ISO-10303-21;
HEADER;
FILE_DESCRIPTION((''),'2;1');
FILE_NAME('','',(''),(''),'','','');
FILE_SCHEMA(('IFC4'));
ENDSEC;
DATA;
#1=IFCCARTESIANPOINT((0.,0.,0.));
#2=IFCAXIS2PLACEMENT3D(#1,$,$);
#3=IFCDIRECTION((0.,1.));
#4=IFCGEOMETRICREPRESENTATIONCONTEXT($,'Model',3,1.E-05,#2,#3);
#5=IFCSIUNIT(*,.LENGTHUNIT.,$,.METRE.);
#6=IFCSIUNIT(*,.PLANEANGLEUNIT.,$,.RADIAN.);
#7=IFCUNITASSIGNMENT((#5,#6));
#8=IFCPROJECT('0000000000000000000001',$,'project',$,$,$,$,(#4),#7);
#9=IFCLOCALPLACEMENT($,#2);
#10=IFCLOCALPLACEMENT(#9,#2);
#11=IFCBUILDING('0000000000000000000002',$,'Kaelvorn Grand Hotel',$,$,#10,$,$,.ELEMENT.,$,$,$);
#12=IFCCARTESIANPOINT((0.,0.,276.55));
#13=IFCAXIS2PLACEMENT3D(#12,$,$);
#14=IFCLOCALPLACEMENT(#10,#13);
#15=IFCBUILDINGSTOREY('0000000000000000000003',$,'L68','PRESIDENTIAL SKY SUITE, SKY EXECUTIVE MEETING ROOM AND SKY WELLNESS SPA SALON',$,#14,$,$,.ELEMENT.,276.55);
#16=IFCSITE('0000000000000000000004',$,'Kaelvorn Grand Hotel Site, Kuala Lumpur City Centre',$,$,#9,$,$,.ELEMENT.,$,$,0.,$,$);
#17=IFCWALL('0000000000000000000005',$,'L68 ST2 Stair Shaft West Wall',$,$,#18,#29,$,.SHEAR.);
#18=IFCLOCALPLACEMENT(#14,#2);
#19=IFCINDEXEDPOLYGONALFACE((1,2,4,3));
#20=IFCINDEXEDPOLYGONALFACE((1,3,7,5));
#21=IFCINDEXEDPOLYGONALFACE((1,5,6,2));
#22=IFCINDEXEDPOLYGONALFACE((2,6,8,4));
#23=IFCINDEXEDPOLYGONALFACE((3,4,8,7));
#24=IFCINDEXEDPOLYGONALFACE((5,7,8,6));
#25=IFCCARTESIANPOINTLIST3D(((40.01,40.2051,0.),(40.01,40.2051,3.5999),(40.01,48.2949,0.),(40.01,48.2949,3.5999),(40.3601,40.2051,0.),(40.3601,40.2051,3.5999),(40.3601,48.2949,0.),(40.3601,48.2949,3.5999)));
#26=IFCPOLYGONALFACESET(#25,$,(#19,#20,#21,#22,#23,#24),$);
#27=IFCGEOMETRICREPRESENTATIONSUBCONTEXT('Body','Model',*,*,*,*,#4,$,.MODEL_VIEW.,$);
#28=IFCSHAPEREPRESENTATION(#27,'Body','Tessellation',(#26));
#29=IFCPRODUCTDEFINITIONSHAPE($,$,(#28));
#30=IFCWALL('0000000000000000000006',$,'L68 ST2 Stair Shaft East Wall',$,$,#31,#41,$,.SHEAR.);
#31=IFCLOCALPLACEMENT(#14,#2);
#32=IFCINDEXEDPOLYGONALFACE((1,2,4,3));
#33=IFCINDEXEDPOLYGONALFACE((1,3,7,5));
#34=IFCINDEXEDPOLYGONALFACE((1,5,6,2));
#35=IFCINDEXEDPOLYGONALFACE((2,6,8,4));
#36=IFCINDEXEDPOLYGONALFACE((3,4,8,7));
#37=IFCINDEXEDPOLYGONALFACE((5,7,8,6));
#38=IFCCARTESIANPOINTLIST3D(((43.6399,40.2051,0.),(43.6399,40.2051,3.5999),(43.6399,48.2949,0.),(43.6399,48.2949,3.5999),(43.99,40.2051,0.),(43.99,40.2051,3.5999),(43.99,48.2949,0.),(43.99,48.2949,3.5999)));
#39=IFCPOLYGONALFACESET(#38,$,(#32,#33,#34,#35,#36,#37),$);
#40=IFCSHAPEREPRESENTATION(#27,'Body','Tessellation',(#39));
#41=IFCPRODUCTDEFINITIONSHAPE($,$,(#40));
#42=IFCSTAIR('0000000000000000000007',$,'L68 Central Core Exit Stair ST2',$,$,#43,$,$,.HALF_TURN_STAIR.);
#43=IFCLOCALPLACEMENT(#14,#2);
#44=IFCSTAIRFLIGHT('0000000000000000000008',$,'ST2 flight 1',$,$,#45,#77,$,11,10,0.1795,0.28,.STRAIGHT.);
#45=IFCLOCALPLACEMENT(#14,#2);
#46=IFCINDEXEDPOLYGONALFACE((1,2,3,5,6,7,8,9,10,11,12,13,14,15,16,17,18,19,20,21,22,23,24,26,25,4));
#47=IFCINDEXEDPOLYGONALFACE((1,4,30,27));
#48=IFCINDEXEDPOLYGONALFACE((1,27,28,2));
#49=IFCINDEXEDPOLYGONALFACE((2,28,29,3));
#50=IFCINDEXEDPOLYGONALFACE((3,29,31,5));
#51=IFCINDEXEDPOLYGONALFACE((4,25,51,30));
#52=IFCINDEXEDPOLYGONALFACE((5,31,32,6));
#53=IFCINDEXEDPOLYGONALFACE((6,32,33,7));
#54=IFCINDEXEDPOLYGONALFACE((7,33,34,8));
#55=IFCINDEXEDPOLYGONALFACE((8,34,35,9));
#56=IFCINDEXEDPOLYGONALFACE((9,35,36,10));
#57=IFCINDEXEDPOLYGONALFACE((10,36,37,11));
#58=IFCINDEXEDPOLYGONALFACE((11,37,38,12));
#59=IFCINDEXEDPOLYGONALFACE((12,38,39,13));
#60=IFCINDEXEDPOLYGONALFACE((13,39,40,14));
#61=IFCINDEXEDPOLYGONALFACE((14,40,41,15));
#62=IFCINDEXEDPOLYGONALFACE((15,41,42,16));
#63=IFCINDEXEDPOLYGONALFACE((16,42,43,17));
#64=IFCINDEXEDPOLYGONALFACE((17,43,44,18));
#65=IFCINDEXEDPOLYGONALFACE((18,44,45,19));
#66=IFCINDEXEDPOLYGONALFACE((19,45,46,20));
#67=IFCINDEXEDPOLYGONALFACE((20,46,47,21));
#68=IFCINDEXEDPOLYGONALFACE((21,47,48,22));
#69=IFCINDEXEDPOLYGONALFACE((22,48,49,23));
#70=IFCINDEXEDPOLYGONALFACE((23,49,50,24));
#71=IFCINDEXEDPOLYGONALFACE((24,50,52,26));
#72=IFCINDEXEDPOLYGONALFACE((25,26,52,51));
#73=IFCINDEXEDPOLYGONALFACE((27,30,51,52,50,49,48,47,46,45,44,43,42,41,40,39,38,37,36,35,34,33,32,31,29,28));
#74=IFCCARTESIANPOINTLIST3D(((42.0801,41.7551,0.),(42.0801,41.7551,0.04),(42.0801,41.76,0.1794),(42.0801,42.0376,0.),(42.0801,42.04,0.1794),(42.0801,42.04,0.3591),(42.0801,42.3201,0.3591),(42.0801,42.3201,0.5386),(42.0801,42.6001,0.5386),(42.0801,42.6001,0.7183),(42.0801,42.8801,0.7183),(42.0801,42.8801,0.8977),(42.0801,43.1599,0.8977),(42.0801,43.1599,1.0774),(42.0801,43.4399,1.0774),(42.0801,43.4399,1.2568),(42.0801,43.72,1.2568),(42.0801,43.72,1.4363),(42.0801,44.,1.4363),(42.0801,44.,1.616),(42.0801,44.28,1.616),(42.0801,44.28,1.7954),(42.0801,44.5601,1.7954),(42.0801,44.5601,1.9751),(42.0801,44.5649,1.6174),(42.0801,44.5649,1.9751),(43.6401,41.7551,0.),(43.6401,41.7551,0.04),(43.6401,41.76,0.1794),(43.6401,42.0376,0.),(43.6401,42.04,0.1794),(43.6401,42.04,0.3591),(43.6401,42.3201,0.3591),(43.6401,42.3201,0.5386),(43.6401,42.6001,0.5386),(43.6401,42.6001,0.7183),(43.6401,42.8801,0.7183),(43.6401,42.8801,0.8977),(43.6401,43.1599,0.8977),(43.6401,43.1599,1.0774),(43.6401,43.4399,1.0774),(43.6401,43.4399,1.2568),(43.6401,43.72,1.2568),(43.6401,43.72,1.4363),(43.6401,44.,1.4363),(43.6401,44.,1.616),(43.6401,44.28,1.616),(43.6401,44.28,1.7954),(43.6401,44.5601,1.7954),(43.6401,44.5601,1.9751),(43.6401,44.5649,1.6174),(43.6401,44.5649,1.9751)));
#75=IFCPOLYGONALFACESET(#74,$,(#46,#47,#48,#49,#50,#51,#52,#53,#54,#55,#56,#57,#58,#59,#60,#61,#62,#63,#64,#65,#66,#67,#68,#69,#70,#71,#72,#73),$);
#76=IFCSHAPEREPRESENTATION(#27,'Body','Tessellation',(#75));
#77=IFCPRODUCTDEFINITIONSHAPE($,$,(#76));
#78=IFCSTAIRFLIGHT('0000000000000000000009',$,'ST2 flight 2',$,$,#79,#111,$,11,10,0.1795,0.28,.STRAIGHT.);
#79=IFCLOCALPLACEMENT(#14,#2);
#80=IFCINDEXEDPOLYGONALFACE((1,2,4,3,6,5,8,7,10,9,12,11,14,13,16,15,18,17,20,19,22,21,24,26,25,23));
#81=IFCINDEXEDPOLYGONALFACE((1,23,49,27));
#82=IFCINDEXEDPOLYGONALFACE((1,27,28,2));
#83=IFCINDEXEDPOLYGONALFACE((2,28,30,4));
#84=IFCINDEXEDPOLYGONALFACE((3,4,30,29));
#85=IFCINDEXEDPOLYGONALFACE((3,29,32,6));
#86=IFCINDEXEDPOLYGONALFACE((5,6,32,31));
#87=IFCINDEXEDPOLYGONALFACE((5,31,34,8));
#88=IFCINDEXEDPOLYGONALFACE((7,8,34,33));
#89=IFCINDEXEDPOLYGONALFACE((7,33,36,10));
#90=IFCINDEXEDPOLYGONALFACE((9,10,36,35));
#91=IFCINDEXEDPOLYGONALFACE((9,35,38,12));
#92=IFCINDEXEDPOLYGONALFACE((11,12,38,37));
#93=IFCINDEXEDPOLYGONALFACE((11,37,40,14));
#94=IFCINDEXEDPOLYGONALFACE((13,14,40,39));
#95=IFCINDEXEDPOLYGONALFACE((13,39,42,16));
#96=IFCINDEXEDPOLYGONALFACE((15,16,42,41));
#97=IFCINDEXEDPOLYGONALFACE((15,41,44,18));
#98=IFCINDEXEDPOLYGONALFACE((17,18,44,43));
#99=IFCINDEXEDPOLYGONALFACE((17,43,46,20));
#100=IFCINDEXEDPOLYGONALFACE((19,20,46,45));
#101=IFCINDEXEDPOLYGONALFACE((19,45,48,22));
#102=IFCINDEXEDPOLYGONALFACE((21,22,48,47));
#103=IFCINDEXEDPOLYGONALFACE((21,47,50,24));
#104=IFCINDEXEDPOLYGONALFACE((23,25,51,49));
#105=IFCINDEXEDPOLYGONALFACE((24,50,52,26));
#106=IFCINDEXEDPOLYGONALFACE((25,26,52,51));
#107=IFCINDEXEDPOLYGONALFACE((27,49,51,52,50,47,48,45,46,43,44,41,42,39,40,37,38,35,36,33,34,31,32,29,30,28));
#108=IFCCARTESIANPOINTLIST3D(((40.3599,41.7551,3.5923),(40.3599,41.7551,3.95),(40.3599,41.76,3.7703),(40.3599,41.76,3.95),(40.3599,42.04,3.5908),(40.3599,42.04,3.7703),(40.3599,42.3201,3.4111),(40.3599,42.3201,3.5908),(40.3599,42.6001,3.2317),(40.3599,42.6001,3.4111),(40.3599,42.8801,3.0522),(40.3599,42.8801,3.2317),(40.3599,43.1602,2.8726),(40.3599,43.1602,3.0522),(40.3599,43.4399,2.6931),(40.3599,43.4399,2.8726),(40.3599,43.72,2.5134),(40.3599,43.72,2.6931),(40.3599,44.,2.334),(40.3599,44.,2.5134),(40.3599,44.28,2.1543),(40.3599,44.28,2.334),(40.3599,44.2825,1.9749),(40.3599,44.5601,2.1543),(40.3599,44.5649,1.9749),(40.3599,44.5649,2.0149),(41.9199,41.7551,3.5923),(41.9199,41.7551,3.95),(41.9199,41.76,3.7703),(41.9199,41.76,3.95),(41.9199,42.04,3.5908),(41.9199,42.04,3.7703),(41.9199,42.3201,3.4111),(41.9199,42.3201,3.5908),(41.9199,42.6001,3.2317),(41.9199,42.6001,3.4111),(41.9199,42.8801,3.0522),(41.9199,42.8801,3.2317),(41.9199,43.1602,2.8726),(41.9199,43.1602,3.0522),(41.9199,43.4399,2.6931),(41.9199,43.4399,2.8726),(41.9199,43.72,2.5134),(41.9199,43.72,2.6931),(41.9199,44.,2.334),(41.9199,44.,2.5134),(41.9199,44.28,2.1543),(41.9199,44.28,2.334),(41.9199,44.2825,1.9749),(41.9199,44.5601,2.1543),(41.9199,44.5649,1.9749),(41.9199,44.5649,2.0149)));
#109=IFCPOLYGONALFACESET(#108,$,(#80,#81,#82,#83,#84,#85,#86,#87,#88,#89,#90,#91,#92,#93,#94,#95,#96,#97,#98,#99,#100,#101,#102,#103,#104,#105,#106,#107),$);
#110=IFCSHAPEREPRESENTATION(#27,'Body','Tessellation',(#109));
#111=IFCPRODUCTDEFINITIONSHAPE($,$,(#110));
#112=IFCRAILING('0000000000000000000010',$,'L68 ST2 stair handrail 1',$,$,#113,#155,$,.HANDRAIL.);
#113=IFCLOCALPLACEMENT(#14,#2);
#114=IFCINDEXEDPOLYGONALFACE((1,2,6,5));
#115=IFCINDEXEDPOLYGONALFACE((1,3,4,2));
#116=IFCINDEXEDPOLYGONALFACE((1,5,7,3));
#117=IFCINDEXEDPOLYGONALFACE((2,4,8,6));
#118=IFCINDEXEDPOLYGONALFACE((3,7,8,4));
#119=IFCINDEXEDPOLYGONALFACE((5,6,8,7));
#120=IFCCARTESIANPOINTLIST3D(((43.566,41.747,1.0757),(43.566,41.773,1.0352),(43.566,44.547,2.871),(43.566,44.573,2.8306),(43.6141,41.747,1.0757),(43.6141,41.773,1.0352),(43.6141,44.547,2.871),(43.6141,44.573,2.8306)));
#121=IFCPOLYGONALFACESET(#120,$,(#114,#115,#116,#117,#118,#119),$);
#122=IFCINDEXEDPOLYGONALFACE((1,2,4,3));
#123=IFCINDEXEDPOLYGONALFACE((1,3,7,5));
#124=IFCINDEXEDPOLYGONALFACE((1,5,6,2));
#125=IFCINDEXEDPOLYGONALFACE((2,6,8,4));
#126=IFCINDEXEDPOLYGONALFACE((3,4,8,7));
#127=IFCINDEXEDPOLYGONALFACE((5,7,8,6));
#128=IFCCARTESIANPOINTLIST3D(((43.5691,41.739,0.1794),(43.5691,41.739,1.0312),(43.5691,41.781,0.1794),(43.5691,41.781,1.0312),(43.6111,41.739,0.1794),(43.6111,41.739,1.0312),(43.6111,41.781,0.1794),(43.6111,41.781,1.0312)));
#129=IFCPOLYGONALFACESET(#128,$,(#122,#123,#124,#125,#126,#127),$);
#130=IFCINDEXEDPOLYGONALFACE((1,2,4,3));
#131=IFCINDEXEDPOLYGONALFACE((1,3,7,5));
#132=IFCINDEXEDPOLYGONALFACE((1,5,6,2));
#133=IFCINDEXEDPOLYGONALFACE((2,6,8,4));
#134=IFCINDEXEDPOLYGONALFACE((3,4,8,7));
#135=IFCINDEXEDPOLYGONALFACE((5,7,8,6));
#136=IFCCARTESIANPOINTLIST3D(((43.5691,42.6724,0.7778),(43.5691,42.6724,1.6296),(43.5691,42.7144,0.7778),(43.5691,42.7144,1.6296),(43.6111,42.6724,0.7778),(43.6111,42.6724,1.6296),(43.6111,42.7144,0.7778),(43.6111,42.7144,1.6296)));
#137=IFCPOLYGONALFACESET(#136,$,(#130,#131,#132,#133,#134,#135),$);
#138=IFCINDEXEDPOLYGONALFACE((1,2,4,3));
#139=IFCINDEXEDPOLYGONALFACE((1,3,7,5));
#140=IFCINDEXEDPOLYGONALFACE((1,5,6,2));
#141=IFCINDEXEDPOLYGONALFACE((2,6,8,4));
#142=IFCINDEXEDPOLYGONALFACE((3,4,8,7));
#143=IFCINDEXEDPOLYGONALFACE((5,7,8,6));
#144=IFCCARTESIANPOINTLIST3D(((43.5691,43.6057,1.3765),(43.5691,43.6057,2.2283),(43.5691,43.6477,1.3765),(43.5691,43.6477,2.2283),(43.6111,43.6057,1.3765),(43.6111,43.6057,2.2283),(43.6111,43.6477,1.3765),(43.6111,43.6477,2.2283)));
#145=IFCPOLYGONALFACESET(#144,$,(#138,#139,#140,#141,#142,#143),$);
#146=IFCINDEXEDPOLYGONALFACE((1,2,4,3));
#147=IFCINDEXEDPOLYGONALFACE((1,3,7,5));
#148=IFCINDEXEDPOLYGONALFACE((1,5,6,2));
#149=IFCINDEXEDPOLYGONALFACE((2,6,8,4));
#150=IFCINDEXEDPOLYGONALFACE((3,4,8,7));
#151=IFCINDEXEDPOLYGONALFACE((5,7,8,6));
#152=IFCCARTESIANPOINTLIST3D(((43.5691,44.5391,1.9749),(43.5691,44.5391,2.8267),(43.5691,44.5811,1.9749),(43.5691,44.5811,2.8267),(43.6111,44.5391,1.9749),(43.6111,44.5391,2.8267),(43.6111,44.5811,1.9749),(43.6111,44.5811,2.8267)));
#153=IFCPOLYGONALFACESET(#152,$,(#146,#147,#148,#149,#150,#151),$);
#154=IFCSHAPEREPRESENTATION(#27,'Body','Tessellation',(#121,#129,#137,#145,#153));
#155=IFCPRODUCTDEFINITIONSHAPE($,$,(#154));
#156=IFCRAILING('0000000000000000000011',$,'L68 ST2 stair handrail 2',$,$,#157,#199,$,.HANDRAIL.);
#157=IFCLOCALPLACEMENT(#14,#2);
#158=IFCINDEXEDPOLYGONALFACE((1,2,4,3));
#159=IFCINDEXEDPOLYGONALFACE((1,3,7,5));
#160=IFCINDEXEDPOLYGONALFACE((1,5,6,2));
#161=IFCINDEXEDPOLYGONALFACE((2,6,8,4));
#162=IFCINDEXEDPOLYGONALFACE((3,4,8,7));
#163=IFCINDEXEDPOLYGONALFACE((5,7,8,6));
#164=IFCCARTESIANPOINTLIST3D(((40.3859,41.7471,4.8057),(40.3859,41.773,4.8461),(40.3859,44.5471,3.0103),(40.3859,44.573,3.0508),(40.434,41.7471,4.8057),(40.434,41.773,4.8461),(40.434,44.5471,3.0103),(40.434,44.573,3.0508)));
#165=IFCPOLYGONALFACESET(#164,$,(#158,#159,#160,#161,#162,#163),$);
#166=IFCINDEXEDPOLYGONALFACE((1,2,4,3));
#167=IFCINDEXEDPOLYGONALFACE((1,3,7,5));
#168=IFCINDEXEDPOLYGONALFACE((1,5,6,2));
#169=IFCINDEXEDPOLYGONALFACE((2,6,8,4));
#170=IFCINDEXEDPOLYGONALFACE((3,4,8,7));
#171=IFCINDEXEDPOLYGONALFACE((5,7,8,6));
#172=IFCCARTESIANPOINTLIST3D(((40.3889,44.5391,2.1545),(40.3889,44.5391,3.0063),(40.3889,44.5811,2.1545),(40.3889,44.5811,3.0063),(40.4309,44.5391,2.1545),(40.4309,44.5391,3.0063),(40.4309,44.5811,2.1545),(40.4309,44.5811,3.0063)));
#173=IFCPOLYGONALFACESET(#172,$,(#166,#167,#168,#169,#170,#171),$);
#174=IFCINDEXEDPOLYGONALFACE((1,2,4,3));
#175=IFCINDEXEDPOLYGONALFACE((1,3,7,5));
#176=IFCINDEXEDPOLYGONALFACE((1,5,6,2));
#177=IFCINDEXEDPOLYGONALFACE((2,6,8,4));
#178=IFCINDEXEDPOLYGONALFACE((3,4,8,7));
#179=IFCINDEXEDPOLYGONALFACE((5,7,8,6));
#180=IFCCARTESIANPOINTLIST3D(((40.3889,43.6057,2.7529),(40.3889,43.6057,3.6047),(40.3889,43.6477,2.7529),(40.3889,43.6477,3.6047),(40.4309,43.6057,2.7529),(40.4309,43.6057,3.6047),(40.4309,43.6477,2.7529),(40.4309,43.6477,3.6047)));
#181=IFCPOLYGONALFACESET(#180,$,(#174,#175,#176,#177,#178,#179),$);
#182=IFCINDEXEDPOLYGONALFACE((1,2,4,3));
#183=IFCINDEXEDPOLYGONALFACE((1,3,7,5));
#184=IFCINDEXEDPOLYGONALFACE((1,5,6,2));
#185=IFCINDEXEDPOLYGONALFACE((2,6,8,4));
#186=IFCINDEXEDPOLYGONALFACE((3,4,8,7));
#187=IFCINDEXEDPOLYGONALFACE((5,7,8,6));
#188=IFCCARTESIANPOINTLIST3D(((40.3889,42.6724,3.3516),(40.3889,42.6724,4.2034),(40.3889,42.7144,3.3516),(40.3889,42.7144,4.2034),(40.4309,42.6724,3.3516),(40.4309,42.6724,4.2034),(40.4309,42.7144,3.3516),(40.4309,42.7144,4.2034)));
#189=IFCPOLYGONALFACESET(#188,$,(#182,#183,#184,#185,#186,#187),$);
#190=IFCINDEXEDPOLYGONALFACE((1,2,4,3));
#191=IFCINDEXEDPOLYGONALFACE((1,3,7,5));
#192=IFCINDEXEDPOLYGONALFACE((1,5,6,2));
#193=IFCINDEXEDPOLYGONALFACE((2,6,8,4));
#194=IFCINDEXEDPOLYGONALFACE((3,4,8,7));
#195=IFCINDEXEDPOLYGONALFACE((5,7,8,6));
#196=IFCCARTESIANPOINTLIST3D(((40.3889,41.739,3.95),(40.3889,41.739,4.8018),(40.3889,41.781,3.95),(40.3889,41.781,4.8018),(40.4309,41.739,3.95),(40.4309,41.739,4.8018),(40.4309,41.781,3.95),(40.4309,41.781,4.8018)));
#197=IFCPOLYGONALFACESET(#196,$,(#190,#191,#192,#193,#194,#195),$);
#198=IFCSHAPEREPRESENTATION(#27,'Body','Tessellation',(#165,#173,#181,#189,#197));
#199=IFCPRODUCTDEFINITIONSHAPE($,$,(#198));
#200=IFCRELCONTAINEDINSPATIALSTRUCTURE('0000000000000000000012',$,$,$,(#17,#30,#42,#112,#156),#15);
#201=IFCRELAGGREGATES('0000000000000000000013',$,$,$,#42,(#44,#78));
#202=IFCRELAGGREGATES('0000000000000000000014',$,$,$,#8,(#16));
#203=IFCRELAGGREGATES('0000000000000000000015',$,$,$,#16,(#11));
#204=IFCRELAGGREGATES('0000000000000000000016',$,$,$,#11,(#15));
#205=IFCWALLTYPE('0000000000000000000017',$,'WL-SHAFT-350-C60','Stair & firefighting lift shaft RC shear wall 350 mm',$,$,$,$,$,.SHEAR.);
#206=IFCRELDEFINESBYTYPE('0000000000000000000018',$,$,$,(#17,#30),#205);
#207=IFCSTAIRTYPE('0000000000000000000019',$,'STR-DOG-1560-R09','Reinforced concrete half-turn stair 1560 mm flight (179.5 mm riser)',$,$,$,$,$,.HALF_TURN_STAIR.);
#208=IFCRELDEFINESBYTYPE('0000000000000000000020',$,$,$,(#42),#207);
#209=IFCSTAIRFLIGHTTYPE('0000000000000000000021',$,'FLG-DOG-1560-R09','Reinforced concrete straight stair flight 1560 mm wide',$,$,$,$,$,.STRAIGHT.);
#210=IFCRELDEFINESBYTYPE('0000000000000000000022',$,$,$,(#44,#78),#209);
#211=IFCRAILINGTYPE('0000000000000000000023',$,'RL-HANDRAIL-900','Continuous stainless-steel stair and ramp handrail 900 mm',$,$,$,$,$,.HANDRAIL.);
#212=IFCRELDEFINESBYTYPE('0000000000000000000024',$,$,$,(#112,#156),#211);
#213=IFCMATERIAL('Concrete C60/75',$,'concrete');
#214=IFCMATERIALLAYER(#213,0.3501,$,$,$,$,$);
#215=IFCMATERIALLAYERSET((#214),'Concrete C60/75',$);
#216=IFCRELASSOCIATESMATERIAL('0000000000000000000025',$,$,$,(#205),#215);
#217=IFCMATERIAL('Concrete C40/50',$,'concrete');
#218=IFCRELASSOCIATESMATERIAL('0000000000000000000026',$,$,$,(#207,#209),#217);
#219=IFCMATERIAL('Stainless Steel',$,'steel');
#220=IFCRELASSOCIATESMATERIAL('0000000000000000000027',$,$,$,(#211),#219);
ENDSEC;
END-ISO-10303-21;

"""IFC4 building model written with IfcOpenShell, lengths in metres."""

from ifc_helpers import new_model, si_unit, direction, frame, frame_2d, origin, origin_2d, place, context, subcontext, project, spatial, polyline, rectangle, outline, extrude, material, layer, layer_set, type_object, element, aggregate, save


model = new_model("IFC4")

# Units and contexts
model_context = context("Model", 3, precision=1e-05, world=origin(), true_north=direction((0.0, 1.0)))
body_context = subcontext(model_context, "Body", "Model", "MODEL_VIEW")
ifc_project = project(units=[si_unit("LENGTHUNIT", "METRE"), si_unit("PLANEANGLEUNIT", "RADIAN")], contexts=[model_context])

# Site, building, storey
site_placement = place(None, origin())
site = spatial("IfcSite", under=ifc_project, at=site_placement, Name="Kaelvorn Grand Hotel Site, Kuala Lumpur City Centre", CompositionType="ELEMENT", RefElevation=0.0)
building_placement = place(site_placement, origin())
building = spatial("IfcBuilding", under=site, at=building_placement, Name="Kaelvorn Grand Hotel", CompositionType="ELEMENT")
storey_placement = place(building_placement, frame((0.0, 0.0, 276.55)))
storey = spatial("IfcBuildingStorey", under=building, at=storey_placement, Name="L68", Description="PRESIDENTIAL SKY SUITE, SKY EXECUTIVE MEETING ROOM AND SKY WELLNESS SPA SALON", CompositionType="ELEMENT", Elevation=276.55)

# Walls
ifc_material_1 = material(Name="Concrete C40/50", Category="concrete")
ifc_material_2 = material(Name="Concrete C60/75", Category="concrete")
ifc_layer_1 = layer(ifc_material_2, 0.3501)
ifc_layer_set_1 = layer_set([ifc_layer_1], Name="Concrete C60/75")
wall_type_1 = type_object("IfcWallType", Name="WL-SHAFT-350-C60", Description="Stair & firefighting lift shaft RC shear wall 350 mm", PredefinedType="SHEAR", material=ifc_layer_set_1)
for number, where, z_axis, x_axis, name in (
    (1, (40.1851, 40.2051, 0.0), (0.0, 0.0, 1.0), (0.0, 1.0, 0.0), "L68 ST2 Stair Shaft West Wall"),
    (2, (43.8149, 40.2051, 0.0), (0.0, 0.0, 1.0), (0.0, 1.0, 0.0), "L68 ST2 Stair Shaft East Wall"),
):
    element("IfcWall", number, at=place(storey_placement, frame(where, z_axis=z_axis, x_axis=x_axis)), inside=storey, type_object=wall_type_1, Name=name, PredefinedType="SHEAR", context=body_context, shape_type="SweptSolid", body=[
        extrude(rectangle(XDim=8.0898, YDim=0.3501, at=frame_2d((4.0449, 0.0))), origin(), (0.0, 0.0, 1.0), 3.5999),
    ])

# Stair, stair flights
stair_type = type_object("IfcStairType", Name="STR-DOG-1560-R09", Description="Reinforced concrete half-turn stair 1560 mm flight (179.5 mm riser)", PredefinedType="HALF_TURN_STAIR", material=ifc_material_1)
stair_placement = place(storey_placement, origin())
stair = element("IfcStair", 3, at=stair_placement, inside=storey, type_object=stair_type, Name="L68 Central Core Exit Stair ST2", PredefinedType="HALF_TURN_STAIR")
stair_flight_type = type_object("IfcStairFlightType", Name="FLG-DOG-1560-R09", Description="Reinforced concrete straight stair flight 1560 mm wide", PredefinedType="STRAIGHT", material=ifc_material_1)
stair_flight_1_placement = place(storey_placement, frame((42.8601, 41.76, 0.0), z_axis=(0.0, 0.0, 1.0), x_axis=(0.0, 1.0, 0.0)))
stair_flight_1 = element("IfcStairFlight", 4, at=stair_flight_1_placement, type_object=stair_flight_type, Name="ST2 flight 1", NumberOfRisers=11, NumberOfTreads=10, PredefinedType="STRAIGHT", RiserHeight=0.1795, TreadLength=0.28, context=body_context, shape_type="SweptSolid", body=[
    extrude(outline(polyline([(-0.0049, 0.0), (-0.0049, 0.04), (0.0, 0.1794), (0.28, 0.1794), (0.28, 0.3591), (0.5601, 0.3591), (0.5601, 0.5386), (0.8401, 0.5386), (0.8401, 0.7183), (1.1201, 0.7183), (1.1201, 0.8977), (1.3999, 0.8977), (1.3999, 1.0774), (1.6799, 1.0774), (1.6799, 1.2568), (1.96, 1.2568), (1.96, 1.4363), (2.24, 1.4363), (2.24, 1.616), (2.52, 1.616), (2.52, 1.7954), (2.8, 1.7954), (2.8, 1.9751), (2.8049, 1.9751), (2.8049, 1.6174), (0.2776, 0.0), (-0.0049, 0.0)])), frame((0.0, 0.78, 0.0), z_axis=(0.0, -1.0, 0.0), x_axis=(1.0, 0.0, 0.0)), (0.0, 0.0, 1.0), 1.5601),
])
stair_flight_2_placement = place(storey_placement, frame((41.1399, 44.5601, 1.9749), z_axis=(0.0, 0.0, 1.0), x_axis=(0.0, -1.0, 0.0)))
stair_flight_2 = element("IfcStairFlight", 5, at=stair_flight_2_placement, type_object=stair_flight_type, Name="ST2 flight 2", NumberOfRisers=11, NumberOfTreads=10, PredefinedType="STRAIGHT", RiserHeight=0.1795, TreadLength=0.28, context=body_context, shape_type="SweptSolid", body=[
    extrude(outline(polyline([(-0.0049, 0.0), (-0.0049, 0.04), (0.0, 0.1794), (0.28, 0.1794), (0.28, 0.3591), (0.5601, 0.3591), (0.5601, 0.5386), (0.8401, 0.5386), (0.8401, 0.7183), (1.1201, 0.7183), (1.1201, 0.8977), (1.3999, 0.8977), (1.3999, 1.0774), (1.6799, 1.0774), (1.6799, 1.2568), (1.96, 1.2568), (1.96, 1.4363), (2.24, 1.4363), (2.24, 1.616), (2.52, 1.616), (2.52, 1.7954), (2.8, 1.7954), (2.8, 1.9751), (2.8049, 1.9751), (2.8049, 1.6174), (0.2776, 0.0), (-0.0049, 0.0)])), frame((0.0, 0.78, 0.0), z_axis=(0.0, -1.0, 0.0), x_axis=(1.0, 0.0, 0.0)), (0.0, 0.0, 1.0), 1.5601),
])
aggregate(stair, [stair_flight_1, stair_flight_2])

# Railings
ifc_material_3 = material(Name="Stainless Steel", Category="steel")
railing_type_1 = type_object("IfcRailingType", Name="RL-HANDRAIL-900", Description="Continuous stainless-steel stair and ramp handrail 900 mm", PredefinedType="HANDRAIL", material=ifc_material_3)
railing_1_placement = place(storey_placement, frame((43.5901, 41.76, 0.1794)))
element("IfcRailing", 6, at=railing_1_placement, inside=storey, type_object=railing_type_1, Name="L68 ST2 stair handrail 1", PredefinedType="HANDRAIL", context=body_context, shape_type="SweptSolid", body=[
    extrude(rectangle(XDim=0.0481, YDim=0.0481, at=origin_2d()), frame((0.0, 0.0, 0.876), z_axis=(0.0, 0.84181, 0.539774), x_axis=(-1.0, 0.0, 0.0)), (0.0, 0.0, 1.0), 3.3262),
    extrude(rectangle(XDim=0.042, YDim=0.042, at=origin_2d()), origin(), (0.0, 0.0, 1.0), 0.8518),
    extrude(rectangle(XDim=0.042, YDim=0.042, at=origin_2d()), frame((0.0, 0.9333, 0.5984)), (0.0, 0.0, 1.0), 0.8518),
    extrude(rectangle(XDim=0.042, YDim=0.042, at=origin_2d()), frame((0.0, 1.8667, 1.197)), (0.0, 0.0, 1.0), 0.8518),
    extrude(rectangle(XDim=0.042, YDim=0.042, at=origin_2d()), frame((0.0, 2.8, 1.7954)), (0.0, 0.0, 1.0), 0.8518),
])
railing_2_placement = place(storey_placement, frame((40.4099, 44.5601, 2.1545)))
element("IfcRailing", 7, at=railing_2_placement, inside=storey, type_object=railing_type_1, Name="L68 ST2 stair handrail 2", PredefinedType="HANDRAIL", context=body_context, shape_type="SweptSolid", body=[
    extrude(rectangle(XDim=0.0481, YDim=0.0481, at=origin_2d()), frame((0.0, 0.0, 0.876), z_axis=(0.0, -0.84181, 0.539774), x_axis=(1.0, 0.0, 0.0)), (0.0, 0.0, 1.0), 3.3262),
    extrude(rectangle(XDim=0.042, YDim=0.042, at=origin_2d()), origin(), (0.0, 0.0, 1.0), 0.8518),
    extrude(rectangle(XDim=0.042, YDim=0.042, at=origin_2d()), frame((0.0, -0.9333, 0.5984)), (0.0, 0.0, 1.0), 0.8518),
    extrude(rectangle(XDim=0.042, YDim=0.042, at=origin_2d()), frame((0.0, -1.8667, 1.197)), (0.0, 0.0, 1.0), 0.8518),
    extrude(rectangle(XDim=0.042, YDim=0.042, at=origin_2d()), frame((0.0, -2.8, 1.7954)), (0.0, 0.0, 1.0), 0.8518),
])

save(model, "model.ifc")
